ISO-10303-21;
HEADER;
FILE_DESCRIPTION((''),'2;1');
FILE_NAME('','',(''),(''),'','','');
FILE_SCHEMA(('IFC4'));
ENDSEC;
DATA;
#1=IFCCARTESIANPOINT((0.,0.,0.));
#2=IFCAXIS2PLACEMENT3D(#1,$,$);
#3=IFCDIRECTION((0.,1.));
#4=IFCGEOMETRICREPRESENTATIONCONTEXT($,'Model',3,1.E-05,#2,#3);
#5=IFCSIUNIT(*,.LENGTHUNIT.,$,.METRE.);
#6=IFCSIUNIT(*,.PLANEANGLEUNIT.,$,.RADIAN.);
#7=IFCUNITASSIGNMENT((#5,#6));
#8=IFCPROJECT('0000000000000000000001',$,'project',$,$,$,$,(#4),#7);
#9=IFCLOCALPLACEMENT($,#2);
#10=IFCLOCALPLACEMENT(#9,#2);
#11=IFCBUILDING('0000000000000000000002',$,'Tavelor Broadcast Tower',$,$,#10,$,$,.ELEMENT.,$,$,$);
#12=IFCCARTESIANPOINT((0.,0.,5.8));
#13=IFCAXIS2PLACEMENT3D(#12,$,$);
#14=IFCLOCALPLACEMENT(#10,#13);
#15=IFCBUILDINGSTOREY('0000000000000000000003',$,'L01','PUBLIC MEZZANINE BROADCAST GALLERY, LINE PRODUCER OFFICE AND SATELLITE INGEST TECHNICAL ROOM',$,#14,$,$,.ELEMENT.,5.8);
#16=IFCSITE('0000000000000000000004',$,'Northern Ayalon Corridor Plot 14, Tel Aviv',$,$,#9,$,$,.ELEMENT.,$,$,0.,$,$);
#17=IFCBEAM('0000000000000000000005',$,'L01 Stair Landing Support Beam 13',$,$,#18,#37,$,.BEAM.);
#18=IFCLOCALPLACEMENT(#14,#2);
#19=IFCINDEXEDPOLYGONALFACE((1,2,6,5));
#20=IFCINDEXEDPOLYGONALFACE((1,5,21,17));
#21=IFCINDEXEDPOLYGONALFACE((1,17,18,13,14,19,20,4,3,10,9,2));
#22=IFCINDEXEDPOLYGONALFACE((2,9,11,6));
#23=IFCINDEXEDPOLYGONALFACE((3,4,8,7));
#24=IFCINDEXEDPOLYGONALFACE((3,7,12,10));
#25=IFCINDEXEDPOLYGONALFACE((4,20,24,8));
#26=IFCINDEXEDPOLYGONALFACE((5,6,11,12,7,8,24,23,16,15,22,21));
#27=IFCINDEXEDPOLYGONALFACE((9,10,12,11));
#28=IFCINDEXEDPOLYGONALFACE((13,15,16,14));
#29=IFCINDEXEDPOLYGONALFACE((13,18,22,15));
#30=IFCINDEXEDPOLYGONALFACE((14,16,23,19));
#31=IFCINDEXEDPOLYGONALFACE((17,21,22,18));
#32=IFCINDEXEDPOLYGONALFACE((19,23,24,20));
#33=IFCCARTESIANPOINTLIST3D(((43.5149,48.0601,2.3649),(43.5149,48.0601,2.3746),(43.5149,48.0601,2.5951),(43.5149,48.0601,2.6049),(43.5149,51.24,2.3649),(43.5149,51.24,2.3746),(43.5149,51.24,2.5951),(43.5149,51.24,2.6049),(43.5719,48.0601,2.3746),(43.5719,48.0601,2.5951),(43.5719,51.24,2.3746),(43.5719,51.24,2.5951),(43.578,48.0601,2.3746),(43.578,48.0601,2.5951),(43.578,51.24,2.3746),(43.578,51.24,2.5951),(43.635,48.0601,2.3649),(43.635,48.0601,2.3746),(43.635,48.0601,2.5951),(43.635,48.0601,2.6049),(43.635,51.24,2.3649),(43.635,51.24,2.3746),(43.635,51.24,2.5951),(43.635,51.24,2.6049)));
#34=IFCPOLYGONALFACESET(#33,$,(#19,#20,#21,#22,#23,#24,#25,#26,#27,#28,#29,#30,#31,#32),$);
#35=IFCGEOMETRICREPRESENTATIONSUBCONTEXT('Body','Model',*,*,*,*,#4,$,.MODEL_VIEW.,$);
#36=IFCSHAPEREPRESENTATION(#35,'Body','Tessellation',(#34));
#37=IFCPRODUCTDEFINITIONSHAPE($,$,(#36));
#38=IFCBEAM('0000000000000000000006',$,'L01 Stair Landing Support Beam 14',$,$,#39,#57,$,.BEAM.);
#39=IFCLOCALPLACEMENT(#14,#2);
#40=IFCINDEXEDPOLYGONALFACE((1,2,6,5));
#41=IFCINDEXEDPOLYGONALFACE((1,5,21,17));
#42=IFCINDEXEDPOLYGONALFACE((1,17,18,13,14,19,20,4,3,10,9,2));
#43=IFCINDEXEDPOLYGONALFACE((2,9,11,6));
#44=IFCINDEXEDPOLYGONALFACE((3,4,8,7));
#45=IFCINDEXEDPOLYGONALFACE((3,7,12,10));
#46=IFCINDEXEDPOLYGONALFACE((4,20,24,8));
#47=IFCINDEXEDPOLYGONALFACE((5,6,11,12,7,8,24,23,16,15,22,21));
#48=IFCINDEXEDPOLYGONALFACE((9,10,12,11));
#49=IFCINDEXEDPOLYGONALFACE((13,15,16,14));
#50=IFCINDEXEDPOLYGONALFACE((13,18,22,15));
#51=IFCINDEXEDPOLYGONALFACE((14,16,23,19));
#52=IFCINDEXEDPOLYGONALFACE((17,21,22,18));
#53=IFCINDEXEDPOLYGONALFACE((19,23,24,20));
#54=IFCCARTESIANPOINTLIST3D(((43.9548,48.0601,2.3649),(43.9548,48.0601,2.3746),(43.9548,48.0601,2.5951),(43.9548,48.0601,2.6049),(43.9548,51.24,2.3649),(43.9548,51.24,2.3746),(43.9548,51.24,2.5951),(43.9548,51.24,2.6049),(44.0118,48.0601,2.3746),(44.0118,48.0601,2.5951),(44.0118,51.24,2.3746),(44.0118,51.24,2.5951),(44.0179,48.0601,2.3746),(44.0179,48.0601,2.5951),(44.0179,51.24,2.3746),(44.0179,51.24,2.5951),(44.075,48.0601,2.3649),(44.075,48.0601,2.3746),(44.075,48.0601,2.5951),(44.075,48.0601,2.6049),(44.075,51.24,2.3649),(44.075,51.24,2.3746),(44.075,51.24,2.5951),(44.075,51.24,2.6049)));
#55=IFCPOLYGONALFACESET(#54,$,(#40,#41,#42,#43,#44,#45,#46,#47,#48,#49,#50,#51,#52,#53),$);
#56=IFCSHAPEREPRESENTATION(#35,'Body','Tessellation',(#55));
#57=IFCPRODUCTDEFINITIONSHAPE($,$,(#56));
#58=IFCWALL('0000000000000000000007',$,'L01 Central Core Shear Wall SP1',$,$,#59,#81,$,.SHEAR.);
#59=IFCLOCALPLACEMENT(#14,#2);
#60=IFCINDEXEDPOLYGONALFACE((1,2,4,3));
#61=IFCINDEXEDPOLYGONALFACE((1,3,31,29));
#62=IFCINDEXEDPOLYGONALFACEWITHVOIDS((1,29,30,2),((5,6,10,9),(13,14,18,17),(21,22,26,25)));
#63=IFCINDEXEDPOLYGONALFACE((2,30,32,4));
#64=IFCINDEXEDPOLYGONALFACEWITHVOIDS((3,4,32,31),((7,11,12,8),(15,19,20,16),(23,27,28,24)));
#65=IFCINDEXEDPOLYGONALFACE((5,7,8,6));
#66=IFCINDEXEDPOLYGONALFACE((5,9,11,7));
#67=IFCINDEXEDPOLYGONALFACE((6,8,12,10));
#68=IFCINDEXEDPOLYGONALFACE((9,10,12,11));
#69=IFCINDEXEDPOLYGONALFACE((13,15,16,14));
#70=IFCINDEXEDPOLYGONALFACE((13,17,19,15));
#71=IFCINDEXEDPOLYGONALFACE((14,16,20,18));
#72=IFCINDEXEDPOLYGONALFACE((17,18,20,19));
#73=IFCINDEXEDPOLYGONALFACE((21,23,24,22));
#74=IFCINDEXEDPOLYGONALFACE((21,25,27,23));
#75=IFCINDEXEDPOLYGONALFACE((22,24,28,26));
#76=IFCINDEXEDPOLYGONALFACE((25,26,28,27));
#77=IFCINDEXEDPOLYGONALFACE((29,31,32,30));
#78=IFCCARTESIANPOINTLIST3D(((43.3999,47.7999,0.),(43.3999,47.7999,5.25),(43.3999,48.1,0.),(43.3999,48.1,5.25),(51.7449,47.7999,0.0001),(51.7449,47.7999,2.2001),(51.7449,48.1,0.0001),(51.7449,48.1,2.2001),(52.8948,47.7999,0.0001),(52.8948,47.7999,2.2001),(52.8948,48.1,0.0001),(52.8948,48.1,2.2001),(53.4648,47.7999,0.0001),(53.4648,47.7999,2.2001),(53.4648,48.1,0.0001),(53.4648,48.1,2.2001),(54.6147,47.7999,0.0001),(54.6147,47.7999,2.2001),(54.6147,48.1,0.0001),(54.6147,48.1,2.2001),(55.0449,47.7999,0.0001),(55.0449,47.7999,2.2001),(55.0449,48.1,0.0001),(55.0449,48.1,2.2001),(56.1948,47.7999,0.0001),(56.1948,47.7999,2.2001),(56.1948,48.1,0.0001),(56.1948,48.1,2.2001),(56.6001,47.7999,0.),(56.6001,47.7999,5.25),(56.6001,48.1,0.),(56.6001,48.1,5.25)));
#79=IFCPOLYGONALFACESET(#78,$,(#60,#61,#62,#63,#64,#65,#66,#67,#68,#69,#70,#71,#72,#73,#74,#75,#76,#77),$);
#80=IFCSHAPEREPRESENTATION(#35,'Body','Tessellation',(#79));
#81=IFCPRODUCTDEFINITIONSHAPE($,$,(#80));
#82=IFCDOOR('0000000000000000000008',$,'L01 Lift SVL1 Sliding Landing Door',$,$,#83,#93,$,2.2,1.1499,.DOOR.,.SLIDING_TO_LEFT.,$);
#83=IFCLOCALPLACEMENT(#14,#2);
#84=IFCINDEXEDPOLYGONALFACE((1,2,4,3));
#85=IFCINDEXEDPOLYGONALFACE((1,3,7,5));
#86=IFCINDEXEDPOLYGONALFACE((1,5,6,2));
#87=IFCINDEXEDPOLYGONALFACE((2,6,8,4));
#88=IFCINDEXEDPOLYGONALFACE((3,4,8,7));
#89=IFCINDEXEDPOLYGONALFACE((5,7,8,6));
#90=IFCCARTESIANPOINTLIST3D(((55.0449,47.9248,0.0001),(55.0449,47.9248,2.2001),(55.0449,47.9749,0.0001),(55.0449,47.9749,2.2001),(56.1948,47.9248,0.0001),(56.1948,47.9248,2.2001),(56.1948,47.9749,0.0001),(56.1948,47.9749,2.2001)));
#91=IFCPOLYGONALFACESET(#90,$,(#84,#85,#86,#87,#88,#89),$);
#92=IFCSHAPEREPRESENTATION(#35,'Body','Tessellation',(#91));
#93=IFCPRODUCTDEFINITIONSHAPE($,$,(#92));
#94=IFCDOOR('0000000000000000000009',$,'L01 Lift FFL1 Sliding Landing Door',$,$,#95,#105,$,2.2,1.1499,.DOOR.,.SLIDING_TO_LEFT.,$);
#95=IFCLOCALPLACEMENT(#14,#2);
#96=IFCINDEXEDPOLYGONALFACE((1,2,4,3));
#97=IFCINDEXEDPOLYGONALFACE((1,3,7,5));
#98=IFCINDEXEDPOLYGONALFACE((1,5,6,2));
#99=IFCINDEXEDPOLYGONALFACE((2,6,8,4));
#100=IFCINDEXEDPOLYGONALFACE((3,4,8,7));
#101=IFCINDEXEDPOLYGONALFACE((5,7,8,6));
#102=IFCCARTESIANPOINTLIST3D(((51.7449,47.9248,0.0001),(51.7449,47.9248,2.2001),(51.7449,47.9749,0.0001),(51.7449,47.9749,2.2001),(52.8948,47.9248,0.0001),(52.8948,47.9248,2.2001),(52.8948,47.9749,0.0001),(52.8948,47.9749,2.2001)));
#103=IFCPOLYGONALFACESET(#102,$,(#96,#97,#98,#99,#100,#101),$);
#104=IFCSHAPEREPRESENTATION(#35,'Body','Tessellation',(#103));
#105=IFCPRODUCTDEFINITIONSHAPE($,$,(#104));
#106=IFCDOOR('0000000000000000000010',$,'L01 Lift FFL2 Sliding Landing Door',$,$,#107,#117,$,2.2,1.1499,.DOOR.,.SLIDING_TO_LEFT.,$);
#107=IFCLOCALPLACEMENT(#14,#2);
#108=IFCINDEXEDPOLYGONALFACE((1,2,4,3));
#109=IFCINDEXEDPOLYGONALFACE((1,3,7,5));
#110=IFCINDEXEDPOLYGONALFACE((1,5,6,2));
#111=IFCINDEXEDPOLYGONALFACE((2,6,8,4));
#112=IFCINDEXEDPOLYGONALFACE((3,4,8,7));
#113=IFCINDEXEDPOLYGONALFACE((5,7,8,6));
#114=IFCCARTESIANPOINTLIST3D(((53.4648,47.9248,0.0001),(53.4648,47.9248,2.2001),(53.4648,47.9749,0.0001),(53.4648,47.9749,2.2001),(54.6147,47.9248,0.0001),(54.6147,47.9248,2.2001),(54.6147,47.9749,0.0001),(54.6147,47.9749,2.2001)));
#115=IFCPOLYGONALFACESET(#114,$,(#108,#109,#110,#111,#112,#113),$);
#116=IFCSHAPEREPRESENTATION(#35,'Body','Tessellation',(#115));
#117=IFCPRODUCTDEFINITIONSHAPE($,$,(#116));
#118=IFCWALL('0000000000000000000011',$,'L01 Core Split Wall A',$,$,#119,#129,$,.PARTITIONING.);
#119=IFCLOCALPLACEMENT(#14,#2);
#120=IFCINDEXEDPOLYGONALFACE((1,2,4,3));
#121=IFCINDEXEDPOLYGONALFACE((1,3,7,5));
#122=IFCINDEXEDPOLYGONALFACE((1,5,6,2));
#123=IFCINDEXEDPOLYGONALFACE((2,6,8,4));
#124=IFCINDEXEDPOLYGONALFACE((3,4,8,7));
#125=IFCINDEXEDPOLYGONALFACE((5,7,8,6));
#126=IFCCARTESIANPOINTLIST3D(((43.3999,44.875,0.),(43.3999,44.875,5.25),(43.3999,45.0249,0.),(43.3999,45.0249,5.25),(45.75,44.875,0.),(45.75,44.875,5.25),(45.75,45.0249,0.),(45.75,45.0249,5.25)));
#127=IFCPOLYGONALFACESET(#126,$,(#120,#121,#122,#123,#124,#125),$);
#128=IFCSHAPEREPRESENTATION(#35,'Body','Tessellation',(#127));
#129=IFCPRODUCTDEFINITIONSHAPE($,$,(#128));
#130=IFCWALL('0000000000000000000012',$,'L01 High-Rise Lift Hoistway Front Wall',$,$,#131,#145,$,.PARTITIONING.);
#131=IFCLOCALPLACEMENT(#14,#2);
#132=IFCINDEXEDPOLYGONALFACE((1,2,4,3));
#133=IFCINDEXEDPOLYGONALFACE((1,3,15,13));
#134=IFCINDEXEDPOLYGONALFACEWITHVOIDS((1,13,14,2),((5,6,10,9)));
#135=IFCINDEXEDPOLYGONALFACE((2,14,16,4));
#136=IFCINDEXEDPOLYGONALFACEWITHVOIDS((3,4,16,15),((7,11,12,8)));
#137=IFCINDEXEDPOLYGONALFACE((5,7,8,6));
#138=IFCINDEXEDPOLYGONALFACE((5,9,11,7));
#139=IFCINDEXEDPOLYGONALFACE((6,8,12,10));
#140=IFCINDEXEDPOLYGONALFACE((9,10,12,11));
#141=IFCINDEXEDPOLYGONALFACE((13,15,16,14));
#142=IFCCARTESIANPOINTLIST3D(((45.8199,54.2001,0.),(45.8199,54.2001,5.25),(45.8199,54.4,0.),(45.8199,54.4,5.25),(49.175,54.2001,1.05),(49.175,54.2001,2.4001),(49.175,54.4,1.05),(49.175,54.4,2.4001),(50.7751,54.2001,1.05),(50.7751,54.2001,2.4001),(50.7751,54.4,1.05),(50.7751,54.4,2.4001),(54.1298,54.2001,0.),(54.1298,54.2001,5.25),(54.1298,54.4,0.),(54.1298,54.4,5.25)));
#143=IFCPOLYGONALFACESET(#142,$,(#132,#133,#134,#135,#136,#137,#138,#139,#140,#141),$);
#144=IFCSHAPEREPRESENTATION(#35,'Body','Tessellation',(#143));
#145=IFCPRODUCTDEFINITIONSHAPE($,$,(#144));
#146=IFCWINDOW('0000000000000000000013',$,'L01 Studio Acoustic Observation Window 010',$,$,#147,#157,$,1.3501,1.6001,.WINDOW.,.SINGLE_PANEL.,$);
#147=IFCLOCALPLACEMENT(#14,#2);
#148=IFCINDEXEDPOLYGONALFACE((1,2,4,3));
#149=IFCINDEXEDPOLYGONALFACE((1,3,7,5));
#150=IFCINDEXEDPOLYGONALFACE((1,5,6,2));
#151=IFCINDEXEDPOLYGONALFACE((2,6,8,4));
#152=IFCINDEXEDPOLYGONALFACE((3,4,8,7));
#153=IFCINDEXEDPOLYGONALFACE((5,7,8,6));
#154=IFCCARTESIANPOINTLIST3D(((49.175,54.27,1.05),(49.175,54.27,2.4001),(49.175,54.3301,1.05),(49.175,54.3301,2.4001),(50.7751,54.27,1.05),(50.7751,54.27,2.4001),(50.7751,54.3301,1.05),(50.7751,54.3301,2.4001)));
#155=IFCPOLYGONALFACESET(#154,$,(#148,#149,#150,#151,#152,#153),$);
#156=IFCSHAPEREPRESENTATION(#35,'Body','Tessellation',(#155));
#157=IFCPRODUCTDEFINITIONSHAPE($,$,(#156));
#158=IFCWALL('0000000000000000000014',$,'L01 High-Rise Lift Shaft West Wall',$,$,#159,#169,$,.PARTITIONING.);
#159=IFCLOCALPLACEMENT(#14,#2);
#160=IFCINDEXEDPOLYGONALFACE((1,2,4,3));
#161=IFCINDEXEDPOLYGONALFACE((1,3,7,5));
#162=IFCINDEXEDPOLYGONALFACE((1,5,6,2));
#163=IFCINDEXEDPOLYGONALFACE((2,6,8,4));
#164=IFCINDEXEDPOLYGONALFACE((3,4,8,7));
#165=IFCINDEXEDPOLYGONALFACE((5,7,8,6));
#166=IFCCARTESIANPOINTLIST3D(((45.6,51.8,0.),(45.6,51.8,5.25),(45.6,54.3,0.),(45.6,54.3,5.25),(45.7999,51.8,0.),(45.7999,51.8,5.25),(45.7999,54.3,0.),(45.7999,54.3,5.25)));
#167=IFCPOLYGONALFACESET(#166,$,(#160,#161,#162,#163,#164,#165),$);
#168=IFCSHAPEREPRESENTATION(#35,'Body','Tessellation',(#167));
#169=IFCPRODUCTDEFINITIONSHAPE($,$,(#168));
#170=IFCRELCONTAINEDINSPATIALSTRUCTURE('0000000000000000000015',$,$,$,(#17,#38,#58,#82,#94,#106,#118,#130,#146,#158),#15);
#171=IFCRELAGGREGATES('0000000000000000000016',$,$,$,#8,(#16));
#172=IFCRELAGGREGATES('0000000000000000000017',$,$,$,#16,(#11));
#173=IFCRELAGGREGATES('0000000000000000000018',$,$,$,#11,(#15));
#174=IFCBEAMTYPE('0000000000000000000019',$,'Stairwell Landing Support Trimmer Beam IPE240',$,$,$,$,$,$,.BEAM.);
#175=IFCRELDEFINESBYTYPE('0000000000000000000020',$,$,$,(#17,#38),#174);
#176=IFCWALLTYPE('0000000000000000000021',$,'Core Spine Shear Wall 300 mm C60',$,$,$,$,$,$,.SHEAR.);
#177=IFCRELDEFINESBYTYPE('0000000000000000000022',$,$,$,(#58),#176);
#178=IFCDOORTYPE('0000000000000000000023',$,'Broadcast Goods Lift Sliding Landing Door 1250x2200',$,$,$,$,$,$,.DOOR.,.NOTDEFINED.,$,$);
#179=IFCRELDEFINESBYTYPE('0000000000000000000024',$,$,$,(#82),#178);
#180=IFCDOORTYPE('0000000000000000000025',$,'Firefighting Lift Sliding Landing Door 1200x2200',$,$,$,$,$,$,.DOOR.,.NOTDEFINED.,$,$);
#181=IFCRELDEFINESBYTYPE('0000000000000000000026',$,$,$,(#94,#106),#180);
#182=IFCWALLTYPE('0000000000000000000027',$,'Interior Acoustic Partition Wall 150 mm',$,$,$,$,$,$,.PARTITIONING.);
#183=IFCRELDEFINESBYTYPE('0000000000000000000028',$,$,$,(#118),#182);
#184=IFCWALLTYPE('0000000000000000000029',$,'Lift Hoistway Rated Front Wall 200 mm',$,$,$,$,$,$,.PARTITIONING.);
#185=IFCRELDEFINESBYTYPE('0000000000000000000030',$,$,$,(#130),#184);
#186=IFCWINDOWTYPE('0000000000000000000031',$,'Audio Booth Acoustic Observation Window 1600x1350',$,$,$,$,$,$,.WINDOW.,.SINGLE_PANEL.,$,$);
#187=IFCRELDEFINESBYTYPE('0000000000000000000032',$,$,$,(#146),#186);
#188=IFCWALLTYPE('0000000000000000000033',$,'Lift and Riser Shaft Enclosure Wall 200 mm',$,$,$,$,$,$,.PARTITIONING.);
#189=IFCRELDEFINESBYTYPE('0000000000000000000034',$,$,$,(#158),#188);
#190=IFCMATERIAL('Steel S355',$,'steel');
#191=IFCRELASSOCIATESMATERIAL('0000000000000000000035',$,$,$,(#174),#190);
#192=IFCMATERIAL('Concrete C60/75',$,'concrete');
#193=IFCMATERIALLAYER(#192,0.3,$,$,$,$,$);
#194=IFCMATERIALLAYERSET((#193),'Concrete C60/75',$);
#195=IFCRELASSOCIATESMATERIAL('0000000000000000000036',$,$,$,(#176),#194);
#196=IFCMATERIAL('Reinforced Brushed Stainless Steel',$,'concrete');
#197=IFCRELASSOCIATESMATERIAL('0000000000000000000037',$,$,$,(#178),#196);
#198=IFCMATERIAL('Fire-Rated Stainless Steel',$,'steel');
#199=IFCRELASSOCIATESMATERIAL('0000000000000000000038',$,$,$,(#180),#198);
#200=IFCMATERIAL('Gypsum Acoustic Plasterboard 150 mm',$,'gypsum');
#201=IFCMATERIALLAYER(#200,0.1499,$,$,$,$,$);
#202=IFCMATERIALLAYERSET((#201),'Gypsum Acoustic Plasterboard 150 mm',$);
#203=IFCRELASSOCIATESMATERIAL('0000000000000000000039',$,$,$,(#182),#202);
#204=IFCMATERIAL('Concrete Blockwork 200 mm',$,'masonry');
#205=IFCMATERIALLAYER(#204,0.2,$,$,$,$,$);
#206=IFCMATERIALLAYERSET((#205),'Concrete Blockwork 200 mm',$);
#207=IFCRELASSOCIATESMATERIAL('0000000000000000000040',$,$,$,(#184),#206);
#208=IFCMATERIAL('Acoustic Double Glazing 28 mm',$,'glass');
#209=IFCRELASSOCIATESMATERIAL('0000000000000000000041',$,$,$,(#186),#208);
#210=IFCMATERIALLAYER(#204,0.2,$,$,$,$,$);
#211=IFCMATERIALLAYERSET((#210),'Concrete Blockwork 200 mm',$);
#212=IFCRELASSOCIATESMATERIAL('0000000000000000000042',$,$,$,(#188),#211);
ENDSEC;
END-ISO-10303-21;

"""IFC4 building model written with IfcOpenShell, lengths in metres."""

from ifc_helpers import new_model, si_unit, direction, frame, frame_2d, origin, origin_2d, place, context, subcontext, project, spatial, rectangle, i_section, extrude, material, layer, layer_set, material_profile, profile_set, type_object, element, fill, save


model = new_model("IFC4")

# Units and contexts
model_context = context("Model", 3, precision=1e-05, world=origin(), true_north=direction((0.0, 1.0)))
body_context = subcontext(model_context, "Body", "Model", "MODEL_VIEW")
ifc_project = project(units=[si_unit("LENGTHUNIT", "METRE"), si_unit("PLANEANGLEUNIT", "RADIAN")], contexts=[model_context])

# Site, building, storey
site_placement = place(None, origin())
site = spatial("IfcSite", under=ifc_project, at=site_placement, Name="Northern Ayalon Corridor Plot 14, Tel Aviv", CompositionType="ELEMENT", RefElevation=0.0)
building_placement = place(site_placement, origin())
building = spatial("IfcBuilding", under=site, at=building_placement, Name="Tavelor Broadcast Tower", CompositionType="ELEMENT")
storey_placement = place(building_placement, frame((0.0, 0.0, 5.8)))
storey = spatial("IfcBuildingStorey", under=building, at=storey_placement, Name="L01", Description="PUBLIC MEZZANINE BROADCAST GALLERY, LINE PRODUCER OFFICE AND SATELLITE INGEST TECHNICAL ROOM", CompositionType="ELEMENT", Elevation=5.8)

# Beams
ifc_material_1 = material(Name="Steel S355", Category="steel")
ifc_material_profile = material_profile(ifc_material_1, i_section(OverallWidth=0.1201, OverallDepth=0.24, WebThickness=0.0061, FlangeThickness=0.0098, at=origin_2d()), Name="IPE 240")
ifc_profile_set = profile_set([ifc_material_profile], Name="Steel S355")
beam_type = type_object("IfcBeamType", Name="Stairwell Landing Support Trimmer Beam IPE240", PredefinedType="BEAM", material=ifc_profile_set)
for number, where, z_axis, x_axis, name in (
    (1, (43.575, 48.0601, 2.4849), (0.0, 1.0, 0.0), (-1.0, 0.0, 0.0), "L01 Stair Landing Support Beam 13"),
    (2, (44.0149, 48.0601, 2.4849), (0.0, 1.0, 0.0), (-1.0, 0.0, 0.0), "L01 Stair Landing Support Beam 14"),
):
    element("IfcBeam", number, at=place(storey_placement, frame(where, z_axis=z_axis, x_axis=x_axis)), inside=storey, type_object=beam_type, Name=name, PredefinedType="BEAM", context=body_context, shape_type="SweptSolid", body=[
        extrude(i_section(OverallWidth=0.1201, OverallDepth=0.24, WebThickness=0.0061, FlangeThickness=0.0098, at=origin_2d()), origin(), (0.0, 0.0, 1.0), 3.1799),
    ])

# Wall, openings, doors
ifc_material_2 = material(Name="Concrete C60/75", Category="concrete")
ifc_layer_1 = layer(ifc_material_2, 0.3)
ifc_layer_set_1 = layer_set([ifc_layer_1], Name="Concrete C60/75")
wall_type_1 = type_object("IfcWallType", Name="Core Spine Shear Wall 300 mm C60", PredefinedType="SHEAR", material=ifc_layer_set_1)
wall_1_placement = place(storey_placement, frame((43.3999, 47.95, 0.0), z_axis=(0.0, 0.0, 1.0), x_axis=(1.0, 0.0, 0.0)))
wall_1 = element("IfcWall", 3, at=wall_1_placement, inside=storey, type_object=wall_type_1, Name="L01 Central Core Shear Wall SP1", PredefinedType="SHEAR", context=body_context, shape_type="SweptSolid", body=[
    extrude(rectangle(XDim=13.2002, YDim=0.3, at=frame_2d((6.6001, 0.0))), origin(), (0.0, 0.0, 1.0), 5.25),
])
opening_1_placement = place(wall_1_placement, frame((8.345, 0.0, 0.0)))
opening_1 = element("IfcOpeningElement", 4, at=opening_1_placement, cuts=wall_1, PredefinedType="OPENING", context=body_context, shape_type="SweptSolid", body=[
    extrude(rectangle(XDim=1.1499, YDim=2.2, at=frame_2d((0.575, 1.1001))), frame((0.0, 0.1602, 0.0), z_axis=(0.0, -1.0, 0.0), x_axis=(1.0, 0.0, 0.0)), (0.0, 0.0, 1.0), 0.3201),
])
opening_2_placement = place(wall_1_placement, frame((10.0649, 0.0, 0.0)))
opening_2 = element("IfcOpeningElement", 5, at=opening_2_placement, cuts=wall_1, PredefinedType="OPENING", context=body_context, shape_type="SweptSolid", body=[
    extrude(rectangle(XDim=1.1499, YDim=2.2, at=frame_2d((0.575, 1.1001))), frame((0.0, 0.1602, 0.0), z_axis=(0.0, -1.0, 0.0), x_axis=(1.0, 0.0, 0.0)), (0.0, 0.0, 1.0), 0.3201),
])
opening_3_placement = place(wall_1_placement, frame((11.645, 0.0, 0.0)))
opening_3 = element("IfcOpeningElement", 6, at=opening_3_placement, cuts=wall_1, PredefinedType="OPENING", context=body_context, shape_type="SweptSolid", body=[
    extrude(rectangle(XDim=1.1499, YDim=2.2, at=frame_2d((0.575, 1.1001))), frame((0.0, 0.1602, 0.0), z_axis=(0.0, -1.0, 0.0), x_axis=(1.0, 0.0, 0.0)), (0.0, 0.0, 1.0), 0.3201),
])
ifc_material_3 = material(Name="Reinforced Brushed Stainless Steel", Category="concrete")
door_type_1 = type_object("IfcDoorType", Name="Broadcast Goods Lift Sliding Landing Door 1250x2200", OperationType="NOTDEFINED", PredefinedType="DOOR", material=ifc_material_3)
door_1_placement = place(opening_3_placement, origin())
door_1 = element("IfcDoor", 7, at=door_1_placement, inside=storey, type_object=door_type_1, Name="L01 Lift SVL1 Sliding Landing Door", OperationType="SLIDING_TO_LEFT", OverallHeight=2.2, OverallWidth=1.1499, PredefinedType="DOOR", context=body_context, shape_type="SweptSolid", body=[
    extrude(rectangle(XDim=1.1499, YDim=2.2, at=frame_2d((0.575, 1.1001))), frame((0.0, 0.0249, 0.0), z_axis=(0.0, -1.0, 0.0), x_axis=(1.0, 0.0, 0.0)), (0.0, 0.0, 1.0), 0.05),
])
fill(opening_3, door_1)
ifc_material_4 = material(Name="Fire-Rated Stainless Steel", Category="steel")
door_type_2 = type_object("IfcDoorType", Name="Firefighting Lift Sliding Landing Door 1200x2200", OperationType="NOTDEFINED", PredefinedType="DOOR", material=ifc_material_4)
door_2_placement = place(opening_1_placement, origin())
door_2 = element("IfcDoor", 8, at=door_2_placement, inside=storey, type_object=door_type_2, Name="L01 Lift FFL1 Sliding Landing Door", OperationType="SLIDING_TO_LEFT", OverallHeight=2.2, OverallWidth=1.1499, PredefinedType="DOOR", context=body_context, shape_type="SweptSolid", body=[
    extrude(rectangle(XDim=1.1499, YDim=2.2, at=frame_2d((0.575, 1.1001))), frame((0.0, 0.0249, 0.0), z_axis=(0.0, -1.0, 0.0), x_axis=(1.0, 0.0, 0.0)), (0.0, 0.0, 1.0), 0.05),
])
fill(opening_1, door_2)
door_3_placement = place(opening_2_placement, origin())
door_3 = element("IfcDoor", 9, at=door_3_placement, inside=storey, type_object=door_type_2, Name="L01 Lift FFL2 Sliding Landing Door", OperationType="SLIDING_TO_LEFT", OverallHeight=2.2, OverallWidth=1.1499, PredefinedType="DOOR", context=body_context, shape_type="SweptSolid", body=[
    extrude(rectangle(XDim=1.1499, YDim=2.2, at=frame_2d((0.575, 1.1001))), frame((0.0, 0.0249, 0.0), z_axis=(0.0, -1.0, 0.0), x_axis=(1.0, 0.0, 0.0)), (0.0, 0.0, 1.0), 0.05),
])
fill(opening_2, door_3)

# Wall
ifc_material_5 = material(Name="Gypsum Acoustic Plasterboard 150 mm", Category="gypsum")
ifc_layer_2 = layer(ifc_material_5, 0.1499)
ifc_layer_set_2 = layer_set([ifc_layer_2], Name="Gypsum Acoustic Plasterboard 150 mm")
wall_type_2 = type_object("IfcWallType", Name="Interior Acoustic Partition Wall 150 mm", PredefinedType="PARTITIONING", material=ifc_layer_set_2)
wall_2_placement = place(storey_placement, frame((43.3999, 44.95, 0.0), z_axis=(0.0, 0.0, 1.0), x_axis=(1.0, 0.0, 0.0)))
element("IfcWall", 10, at=wall_2_placement, inside=storey, type_object=wall_type_2, Name="L01 Core Split Wall A", PredefinedType="PARTITIONING", context=body_context, shape_type="SweptSolid", body=[
    extrude(rectangle(XDim=2.3501, YDim=0.1499, at=frame_2d((1.175, 0.0))), origin(), (0.0, 0.0, 1.0), 5.25),
])

# Wall, opening, window
ifc_material_6 = material(Name="Concrete Blockwork 200 mm", Category="masonry")
ifc_layer_3 = layer(ifc_material_6, 0.2)
ifc_layer_set_3 = layer_set([ifc_layer_3], Name="Concrete Blockwork 200 mm")
wall_type_3 = type_object("IfcWallType", Name="Lift Hoistway Rated Front Wall 200 mm", PredefinedType="PARTITIONING", material=ifc_layer_set_3)
wall_3_placement = place(storey_placement, frame((45.8201, 54.3, 0.0), z_axis=(0.0, 0.0, 1.0), x_axis=(1.0, 0.0, 0.0)))
wall_3 = element("IfcWall", 11, at=wall_3_placement, inside=storey, type_object=wall_type_3, Name="L01 High-Rise Lift Hoistway Front Wall", PredefinedType="PARTITIONING", context=body_context, shape_type="SweptSolid", body=[
    extrude(rectangle(XDim=8.3098, YDim=0.2, at=frame_2d((4.1548, 0.0))), origin(), (0.0, 0.0, 1.0), 5.25),
])
opening_4_placement = place(wall_3_placement, frame((3.355, 0.0, 1.05)))
opening_4 = element("IfcOpeningElement", 12, at=opening_4_placement, cuts=wall_3, PredefinedType="OPENING", context=body_context, shape_type="SweptSolid", body=[
    extrude(rectangle(XDim=1.6001, YDim=1.3501, at=frame_2d((0.8, 0.675))), frame((0.0, 0.1099, 0.0), z_axis=(0.0, -1.0, 0.0), x_axis=(1.0, 0.0, 0.0)), (0.0, 0.0, 1.0), 0.22),
])
ifc_material_7 = material(Name="Acoustic Double Glazing 28 mm", Category="glass")
window_type = type_object("IfcWindowType", Name="Audio Booth Acoustic Observation Window 1600x1350", PartitioningType="SINGLE_PANEL", PredefinedType="WINDOW", material=ifc_material_7)
window_placement = place(opening_4_placement, origin())
window = element("IfcWindow", 13, at=window_placement, inside=storey, type_object=window_type, Name="L01 Studio Acoustic Observation Window 010", OverallHeight=1.3501, OverallWidth=1.6001, PartitioningType="SINGLE_PANEL", PredefinedType="WINDOW", context=body_context, shape_type="SweptSolid", body=[
    extrude(rectangle(XDim=1.6001, YDim=1.3501, at=frame_2d((0.8, 0.675))), frame((0.0, 0.03, 0.0), z_axis=(0.0, -1.0, 0.0), x_axis=(1.0, 0.0, 0.0)), (0.0, 0.0, 1.0), 0.0601),
])
fill(opening_4, window)

# Wall
ifc_layer_4 = layer(ifc_material_6, 0.2)
ifc_layer_set_4 = layer_set([ifc_layer_4], Name="Concrete Blockwork 200 mm")
wall_type_4 = type_object("IfcWallType", Name="Lift and Riser Shaft Enclosure Wall 200 mm", PredefinedType="PARTITIONING", material=ifc_layer_set_4)
wall_4_placement = place(storey_placement, frame((45.7, 51.8, 0.0), z_axis=(0.0, 0.0, 1.0), x_axis=(0.0, 1.0, 0.0)))
element("IfcWall", 14, at=wall_4_placement, inside=storey, type_object=wall_type_4, Name="L01 High-Rise Lift Shaft West Wall", PredefinedType="PARTITIONING", context=body_context, shape_type="SweptSolid", body=[
    extrude(rectangle(XDim=2.5, YDim=0.2, at=frame_2d((1.25, 0.0))), origin(), (0.0, 0.0, 1.0), 5.25),
])

save(model, "model.ifc")
